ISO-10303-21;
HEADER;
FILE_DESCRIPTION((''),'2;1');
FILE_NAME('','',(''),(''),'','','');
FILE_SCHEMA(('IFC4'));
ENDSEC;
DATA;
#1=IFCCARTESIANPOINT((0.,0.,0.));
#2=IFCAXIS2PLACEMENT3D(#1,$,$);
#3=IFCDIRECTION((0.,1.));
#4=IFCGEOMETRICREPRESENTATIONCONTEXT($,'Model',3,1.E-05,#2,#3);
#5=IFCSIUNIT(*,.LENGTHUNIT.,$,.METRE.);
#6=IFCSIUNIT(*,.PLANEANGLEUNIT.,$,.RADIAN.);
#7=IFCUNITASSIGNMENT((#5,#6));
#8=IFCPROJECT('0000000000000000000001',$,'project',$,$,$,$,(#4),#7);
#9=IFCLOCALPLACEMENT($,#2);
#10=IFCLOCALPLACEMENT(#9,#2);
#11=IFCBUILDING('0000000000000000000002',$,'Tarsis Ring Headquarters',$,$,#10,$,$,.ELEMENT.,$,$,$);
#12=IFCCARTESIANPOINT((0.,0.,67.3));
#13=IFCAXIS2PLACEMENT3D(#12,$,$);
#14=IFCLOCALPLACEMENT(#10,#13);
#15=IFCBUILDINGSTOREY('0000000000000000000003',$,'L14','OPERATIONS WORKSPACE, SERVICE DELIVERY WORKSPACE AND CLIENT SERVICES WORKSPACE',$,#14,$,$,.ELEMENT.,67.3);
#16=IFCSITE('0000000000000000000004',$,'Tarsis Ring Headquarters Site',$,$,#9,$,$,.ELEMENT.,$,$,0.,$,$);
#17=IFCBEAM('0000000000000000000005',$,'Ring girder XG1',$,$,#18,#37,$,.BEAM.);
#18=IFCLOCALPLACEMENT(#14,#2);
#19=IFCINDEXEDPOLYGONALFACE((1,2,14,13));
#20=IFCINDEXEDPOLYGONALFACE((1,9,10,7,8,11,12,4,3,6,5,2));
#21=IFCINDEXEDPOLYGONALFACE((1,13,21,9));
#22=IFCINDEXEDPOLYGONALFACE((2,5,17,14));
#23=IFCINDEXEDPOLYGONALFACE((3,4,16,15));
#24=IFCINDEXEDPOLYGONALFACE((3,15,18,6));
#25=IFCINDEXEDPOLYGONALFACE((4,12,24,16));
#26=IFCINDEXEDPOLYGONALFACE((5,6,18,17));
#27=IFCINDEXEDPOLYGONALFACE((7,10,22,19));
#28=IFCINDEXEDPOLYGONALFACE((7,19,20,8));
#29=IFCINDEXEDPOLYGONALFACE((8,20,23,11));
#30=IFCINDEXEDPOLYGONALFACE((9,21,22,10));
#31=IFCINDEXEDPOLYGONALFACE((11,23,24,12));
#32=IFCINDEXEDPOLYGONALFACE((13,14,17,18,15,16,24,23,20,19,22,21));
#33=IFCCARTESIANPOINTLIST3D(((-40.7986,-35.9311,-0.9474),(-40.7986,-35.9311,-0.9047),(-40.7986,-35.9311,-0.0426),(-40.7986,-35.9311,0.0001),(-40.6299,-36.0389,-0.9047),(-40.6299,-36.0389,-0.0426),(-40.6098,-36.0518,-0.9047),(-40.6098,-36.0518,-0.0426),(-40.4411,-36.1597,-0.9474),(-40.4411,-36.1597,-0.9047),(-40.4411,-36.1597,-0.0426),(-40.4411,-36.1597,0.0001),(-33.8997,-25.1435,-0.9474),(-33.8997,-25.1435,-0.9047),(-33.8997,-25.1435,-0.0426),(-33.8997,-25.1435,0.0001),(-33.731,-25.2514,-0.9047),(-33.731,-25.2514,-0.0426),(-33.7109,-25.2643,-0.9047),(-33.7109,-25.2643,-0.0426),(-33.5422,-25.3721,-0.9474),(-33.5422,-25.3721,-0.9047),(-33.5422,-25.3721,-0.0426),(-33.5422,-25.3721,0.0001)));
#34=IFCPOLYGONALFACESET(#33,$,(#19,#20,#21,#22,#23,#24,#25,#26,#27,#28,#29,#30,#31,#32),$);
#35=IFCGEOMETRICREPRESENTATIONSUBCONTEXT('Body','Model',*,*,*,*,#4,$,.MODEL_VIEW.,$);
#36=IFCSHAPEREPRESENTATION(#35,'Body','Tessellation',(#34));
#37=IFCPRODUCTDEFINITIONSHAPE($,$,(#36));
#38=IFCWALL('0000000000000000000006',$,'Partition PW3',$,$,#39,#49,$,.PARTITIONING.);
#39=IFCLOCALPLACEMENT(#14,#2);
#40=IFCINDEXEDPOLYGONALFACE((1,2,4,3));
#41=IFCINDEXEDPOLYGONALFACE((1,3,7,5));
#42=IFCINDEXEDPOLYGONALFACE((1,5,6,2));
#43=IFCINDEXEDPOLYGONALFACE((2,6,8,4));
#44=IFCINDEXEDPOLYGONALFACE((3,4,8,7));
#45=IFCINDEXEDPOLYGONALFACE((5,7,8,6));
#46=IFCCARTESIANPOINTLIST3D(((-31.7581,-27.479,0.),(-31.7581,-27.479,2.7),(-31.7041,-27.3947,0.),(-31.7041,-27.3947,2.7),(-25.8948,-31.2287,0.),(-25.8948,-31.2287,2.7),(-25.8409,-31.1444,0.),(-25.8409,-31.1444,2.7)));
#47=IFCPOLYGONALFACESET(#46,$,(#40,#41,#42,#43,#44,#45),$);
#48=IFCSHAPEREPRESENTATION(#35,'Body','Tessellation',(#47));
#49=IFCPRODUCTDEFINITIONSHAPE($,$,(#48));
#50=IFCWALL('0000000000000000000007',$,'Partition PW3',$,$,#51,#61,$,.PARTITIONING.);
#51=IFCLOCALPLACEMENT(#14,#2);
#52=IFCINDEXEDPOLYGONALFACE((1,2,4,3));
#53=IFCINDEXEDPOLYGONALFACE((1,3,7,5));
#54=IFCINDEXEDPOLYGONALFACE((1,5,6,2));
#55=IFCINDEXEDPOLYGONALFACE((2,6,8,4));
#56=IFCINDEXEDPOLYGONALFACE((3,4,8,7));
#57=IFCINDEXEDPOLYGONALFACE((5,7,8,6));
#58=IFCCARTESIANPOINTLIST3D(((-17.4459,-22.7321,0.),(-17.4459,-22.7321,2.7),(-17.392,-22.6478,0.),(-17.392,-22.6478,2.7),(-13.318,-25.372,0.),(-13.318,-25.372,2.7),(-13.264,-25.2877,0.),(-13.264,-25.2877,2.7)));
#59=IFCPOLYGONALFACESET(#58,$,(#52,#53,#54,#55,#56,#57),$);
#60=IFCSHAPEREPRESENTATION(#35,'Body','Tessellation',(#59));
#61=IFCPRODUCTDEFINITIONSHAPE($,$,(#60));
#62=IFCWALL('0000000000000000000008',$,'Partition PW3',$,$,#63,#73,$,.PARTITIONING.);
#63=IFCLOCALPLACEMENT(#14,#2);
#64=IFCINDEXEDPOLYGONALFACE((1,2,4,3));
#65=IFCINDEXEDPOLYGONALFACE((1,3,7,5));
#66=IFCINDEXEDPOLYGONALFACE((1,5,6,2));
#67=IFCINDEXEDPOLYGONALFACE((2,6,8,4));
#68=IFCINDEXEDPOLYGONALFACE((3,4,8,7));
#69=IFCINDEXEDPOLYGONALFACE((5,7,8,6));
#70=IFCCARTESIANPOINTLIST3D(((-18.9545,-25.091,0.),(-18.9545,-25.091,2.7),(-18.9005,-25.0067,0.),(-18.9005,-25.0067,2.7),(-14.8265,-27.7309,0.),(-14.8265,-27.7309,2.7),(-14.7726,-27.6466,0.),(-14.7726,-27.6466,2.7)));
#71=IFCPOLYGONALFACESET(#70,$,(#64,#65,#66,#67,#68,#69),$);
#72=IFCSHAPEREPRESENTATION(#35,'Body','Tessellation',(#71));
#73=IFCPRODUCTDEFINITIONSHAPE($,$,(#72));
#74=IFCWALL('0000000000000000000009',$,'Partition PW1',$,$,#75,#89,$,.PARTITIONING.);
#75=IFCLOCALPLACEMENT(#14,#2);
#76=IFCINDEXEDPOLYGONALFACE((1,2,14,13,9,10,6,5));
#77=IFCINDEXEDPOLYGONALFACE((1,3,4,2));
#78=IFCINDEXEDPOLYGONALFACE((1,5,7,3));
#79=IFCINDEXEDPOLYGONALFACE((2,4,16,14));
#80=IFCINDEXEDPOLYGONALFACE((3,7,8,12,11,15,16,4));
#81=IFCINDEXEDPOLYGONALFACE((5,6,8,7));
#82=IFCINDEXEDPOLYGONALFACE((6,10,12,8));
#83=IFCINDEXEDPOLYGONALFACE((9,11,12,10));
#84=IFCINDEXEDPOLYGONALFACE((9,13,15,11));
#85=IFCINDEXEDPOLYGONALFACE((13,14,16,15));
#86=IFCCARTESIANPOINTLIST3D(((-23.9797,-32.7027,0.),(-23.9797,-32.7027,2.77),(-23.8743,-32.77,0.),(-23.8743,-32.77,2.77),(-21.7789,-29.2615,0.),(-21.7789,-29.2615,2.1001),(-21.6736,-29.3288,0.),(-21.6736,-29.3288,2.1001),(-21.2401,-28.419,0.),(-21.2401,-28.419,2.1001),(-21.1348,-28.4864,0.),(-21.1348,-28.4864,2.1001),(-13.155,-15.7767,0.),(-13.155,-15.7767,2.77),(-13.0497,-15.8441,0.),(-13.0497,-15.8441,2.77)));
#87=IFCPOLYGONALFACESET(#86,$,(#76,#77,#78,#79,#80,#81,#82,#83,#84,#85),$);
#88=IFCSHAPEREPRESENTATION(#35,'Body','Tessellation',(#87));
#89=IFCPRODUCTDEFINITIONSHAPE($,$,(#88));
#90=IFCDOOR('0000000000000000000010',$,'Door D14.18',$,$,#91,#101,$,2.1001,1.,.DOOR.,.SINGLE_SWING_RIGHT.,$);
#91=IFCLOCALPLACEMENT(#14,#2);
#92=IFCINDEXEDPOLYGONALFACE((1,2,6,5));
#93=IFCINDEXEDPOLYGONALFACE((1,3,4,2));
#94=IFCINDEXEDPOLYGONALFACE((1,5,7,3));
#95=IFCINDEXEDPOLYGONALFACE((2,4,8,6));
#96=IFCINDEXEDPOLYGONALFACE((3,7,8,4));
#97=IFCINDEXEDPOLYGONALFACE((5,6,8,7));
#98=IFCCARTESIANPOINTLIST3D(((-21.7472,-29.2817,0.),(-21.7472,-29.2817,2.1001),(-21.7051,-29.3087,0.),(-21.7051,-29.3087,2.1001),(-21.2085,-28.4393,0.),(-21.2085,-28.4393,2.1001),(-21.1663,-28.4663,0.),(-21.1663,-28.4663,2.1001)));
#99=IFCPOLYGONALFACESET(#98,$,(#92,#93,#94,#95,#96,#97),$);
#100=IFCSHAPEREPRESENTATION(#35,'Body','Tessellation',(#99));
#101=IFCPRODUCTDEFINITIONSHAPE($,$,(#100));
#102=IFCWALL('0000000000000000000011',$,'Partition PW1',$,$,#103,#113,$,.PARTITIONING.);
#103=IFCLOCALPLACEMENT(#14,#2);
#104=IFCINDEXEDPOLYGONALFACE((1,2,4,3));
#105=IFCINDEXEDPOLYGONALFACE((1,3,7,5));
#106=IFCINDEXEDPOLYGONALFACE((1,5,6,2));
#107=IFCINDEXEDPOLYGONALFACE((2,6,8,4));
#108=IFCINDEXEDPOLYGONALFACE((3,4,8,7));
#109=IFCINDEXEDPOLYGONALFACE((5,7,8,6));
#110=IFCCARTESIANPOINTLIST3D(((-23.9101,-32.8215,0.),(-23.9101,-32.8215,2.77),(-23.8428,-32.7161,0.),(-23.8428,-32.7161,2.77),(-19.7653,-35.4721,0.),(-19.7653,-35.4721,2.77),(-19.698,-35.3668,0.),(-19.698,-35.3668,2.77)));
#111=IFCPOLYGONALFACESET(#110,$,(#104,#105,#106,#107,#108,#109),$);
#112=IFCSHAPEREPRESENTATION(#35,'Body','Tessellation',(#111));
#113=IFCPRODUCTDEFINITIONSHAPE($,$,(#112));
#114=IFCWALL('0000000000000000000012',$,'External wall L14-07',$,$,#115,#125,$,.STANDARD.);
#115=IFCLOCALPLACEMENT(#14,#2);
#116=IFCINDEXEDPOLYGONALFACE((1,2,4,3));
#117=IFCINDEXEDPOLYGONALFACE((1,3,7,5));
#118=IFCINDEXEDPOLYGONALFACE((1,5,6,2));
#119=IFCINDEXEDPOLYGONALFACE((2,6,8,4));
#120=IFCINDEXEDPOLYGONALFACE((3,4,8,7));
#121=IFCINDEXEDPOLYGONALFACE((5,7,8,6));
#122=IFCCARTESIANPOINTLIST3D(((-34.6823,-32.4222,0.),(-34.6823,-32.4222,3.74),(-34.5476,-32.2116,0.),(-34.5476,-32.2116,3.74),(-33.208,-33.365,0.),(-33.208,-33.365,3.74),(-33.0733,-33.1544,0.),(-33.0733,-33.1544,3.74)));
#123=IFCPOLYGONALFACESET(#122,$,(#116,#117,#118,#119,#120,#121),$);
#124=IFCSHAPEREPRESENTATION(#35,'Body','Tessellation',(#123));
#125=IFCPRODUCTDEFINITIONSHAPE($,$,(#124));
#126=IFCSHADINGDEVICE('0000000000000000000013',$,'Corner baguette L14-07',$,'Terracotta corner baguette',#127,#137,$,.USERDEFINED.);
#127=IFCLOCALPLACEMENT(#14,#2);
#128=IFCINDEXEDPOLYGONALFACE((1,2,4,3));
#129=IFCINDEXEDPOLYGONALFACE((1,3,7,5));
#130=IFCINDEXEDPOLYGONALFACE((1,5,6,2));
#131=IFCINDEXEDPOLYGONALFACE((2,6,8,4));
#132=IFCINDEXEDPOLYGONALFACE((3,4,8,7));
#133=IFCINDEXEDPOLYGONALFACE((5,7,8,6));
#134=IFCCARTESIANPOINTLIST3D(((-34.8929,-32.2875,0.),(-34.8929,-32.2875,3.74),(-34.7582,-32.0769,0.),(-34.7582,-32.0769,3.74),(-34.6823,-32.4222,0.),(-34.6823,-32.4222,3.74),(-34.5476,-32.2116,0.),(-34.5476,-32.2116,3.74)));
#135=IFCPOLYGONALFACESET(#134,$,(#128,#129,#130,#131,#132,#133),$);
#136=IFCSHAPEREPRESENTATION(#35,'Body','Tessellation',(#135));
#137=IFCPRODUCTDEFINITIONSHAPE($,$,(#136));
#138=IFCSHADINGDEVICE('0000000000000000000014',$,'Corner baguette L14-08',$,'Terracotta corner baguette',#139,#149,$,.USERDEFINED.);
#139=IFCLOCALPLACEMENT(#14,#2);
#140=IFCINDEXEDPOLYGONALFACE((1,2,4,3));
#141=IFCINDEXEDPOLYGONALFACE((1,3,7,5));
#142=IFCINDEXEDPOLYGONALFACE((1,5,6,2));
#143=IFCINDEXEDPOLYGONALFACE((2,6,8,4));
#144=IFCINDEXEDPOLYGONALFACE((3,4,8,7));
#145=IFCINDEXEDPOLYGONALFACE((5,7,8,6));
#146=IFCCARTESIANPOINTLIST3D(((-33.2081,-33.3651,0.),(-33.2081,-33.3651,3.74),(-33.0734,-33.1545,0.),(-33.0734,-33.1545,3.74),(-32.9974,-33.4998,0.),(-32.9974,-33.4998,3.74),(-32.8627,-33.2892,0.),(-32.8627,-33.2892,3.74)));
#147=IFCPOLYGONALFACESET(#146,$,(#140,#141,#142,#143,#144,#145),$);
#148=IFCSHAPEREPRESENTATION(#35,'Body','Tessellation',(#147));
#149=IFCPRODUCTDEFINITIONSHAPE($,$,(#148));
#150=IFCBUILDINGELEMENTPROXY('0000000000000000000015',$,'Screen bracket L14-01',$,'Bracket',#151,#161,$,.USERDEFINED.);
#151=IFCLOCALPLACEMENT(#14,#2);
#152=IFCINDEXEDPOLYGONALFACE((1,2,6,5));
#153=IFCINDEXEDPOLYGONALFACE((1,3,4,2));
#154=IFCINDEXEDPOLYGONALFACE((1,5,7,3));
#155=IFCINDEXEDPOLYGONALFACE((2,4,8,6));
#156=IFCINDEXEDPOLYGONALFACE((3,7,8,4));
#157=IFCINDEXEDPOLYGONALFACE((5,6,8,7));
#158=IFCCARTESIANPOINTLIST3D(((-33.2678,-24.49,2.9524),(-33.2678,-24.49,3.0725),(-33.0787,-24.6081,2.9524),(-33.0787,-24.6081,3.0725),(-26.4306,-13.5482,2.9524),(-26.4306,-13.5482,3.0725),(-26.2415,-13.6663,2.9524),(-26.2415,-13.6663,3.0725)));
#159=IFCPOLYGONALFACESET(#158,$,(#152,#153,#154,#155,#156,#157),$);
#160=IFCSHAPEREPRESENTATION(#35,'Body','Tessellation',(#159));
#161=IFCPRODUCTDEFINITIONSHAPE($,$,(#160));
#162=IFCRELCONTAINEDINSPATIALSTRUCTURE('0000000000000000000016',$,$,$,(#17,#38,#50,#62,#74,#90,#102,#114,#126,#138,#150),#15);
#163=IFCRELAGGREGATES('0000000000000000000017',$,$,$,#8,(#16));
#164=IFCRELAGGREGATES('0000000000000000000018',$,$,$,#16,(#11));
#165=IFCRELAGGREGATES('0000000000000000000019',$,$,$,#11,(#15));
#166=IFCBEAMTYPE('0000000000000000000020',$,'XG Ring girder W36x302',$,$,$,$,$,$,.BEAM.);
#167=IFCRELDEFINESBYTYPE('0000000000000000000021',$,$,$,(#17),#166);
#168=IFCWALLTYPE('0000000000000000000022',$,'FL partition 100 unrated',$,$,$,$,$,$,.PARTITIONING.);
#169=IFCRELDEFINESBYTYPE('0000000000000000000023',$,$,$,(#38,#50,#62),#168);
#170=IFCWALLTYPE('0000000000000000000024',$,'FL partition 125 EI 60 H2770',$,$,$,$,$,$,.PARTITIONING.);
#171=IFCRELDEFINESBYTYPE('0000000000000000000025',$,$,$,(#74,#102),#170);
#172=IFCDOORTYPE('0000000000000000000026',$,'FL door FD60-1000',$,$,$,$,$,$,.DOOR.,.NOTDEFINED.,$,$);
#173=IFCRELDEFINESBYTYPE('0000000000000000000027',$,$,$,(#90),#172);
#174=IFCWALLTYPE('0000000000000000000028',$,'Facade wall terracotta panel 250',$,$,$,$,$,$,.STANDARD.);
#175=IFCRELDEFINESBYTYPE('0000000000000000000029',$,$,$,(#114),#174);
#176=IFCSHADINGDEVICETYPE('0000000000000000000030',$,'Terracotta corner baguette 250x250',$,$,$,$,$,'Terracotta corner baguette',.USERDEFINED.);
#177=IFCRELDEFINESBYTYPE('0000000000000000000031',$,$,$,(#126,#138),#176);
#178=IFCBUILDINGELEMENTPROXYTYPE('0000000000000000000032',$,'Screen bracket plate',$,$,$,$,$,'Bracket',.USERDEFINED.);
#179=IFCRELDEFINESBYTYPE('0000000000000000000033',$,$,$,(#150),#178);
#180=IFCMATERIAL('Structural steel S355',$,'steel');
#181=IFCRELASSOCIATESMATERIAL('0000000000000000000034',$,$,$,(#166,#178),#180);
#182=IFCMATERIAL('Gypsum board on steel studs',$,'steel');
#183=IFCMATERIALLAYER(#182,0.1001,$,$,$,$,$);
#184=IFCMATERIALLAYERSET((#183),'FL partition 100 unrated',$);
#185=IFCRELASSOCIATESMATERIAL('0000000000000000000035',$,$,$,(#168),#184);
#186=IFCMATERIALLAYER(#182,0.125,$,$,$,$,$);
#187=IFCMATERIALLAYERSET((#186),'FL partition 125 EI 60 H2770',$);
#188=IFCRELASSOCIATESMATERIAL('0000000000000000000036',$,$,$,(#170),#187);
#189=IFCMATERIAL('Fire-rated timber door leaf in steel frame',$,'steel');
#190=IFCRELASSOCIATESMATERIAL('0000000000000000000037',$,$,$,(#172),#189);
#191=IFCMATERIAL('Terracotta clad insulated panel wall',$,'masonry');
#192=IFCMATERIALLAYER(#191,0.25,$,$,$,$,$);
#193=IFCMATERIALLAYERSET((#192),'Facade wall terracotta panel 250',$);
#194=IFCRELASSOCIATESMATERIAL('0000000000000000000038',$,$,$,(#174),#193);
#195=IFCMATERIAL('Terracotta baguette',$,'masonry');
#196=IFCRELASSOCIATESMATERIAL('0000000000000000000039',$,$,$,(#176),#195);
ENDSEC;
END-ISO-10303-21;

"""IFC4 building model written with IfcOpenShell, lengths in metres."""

from ifc_helpers import new_model, si_unit, direction, frame, frame_2d, origin, origin_2d, place, context, subcontext, project, spatial, rectangle, i_section, extrude, material, layer, layer_set, material_profile, profile_set, type_object, element, fill, save


model = new_model("IFC4")

# Units and contexts
model_context = context("Model", 3, precision=1e-05, world=origin(), true_north=direction((0.0, 1.0)))
body_context = subcontext(model_context, "Body", "Model", "MODEL_VIEW")
ifc_project = project(units=[si_unit("LENGTHUNIT", "METRE"), si_unit("PLANEANGLEUNIT", "RADIAN")], contexts=[model_context])

# Site, building, storey
site_placement = place(None, origin())
site = spatial("IfcSite", under=ifc_project, at=site_placement, Name="Tarsis Ring Headquarters Site", CompositionType="ELEMENT", RefElevation=0.0)
building_placement = place(site_placement, origin())
building = spatial("IfcBuilding", under=site, at=building_placement, Name="Tarsis Ring Headquarters", CompositionType="ELEMENT")
storey_placement = place(building_placement, frame((0.0, 0.0, 67.3)))
storey = spatial("IfcBuildingStorey", under=building, at=storey_placement, Name="L14", Description="OPERATIONS WORKSPACE, SERVICE DELIVERY WORKSPACE AND CLIENT SERVICES WORKSPACE", CompositionType="ELEMENT", Elevation=67.3)

# Beam
ifc_material_1 = material(Name="Structural steel S355", Category="steel")
ifc_material_profile_1 = material_profile(ifc_material_1, i_section(OverallWidth=0.4243, OverallDepth=0.9475, WebThickness=0.0239, FlangeThickness=0.0427, at=origin_2d()), Name="W36x302")
ifc_profile_set_1 = profile_set([ifc_material_profile_1], Name="Structural steel S355")
beam_type_1 = type_object("IfcBeamType", Name="XG Ring girder W36x302", PredefinedType="BEAM", material=ifc_profile_set_1)
beam_1_placement = place(storey_placement, frame((-33.7209, -25.2578, -0.4736), z_axis=(-0.538769, -0.842453, 0.0), x_axis=(0.842453, -0.538769, 0.0)))
element("IfcBeam", 1, at=beam_1_placement, inside=storey, type_object=beam_type_1, Name="Ring girder XG1", PredefinedType="BEAM", context=body_context, shape_type="SweptSolid", body=[
    extrude(i_section(OverallWidth=0.4243, OverallDepth=0.9475, WebThickness=0.0239, FlangeThickness=0.0427, at=origin_2d()), origin(), (0.0, 0.0, 1.0), 12.8049),
])

# Walls
ifc_material_2 = material(Name="Gypsum board on steel studs", Category="steel")
ifc_layer_1 = layer(ifc_material_2, 0.1001)
ifc_layer_set_1 = layer_set([ifc_layer_1], Name="FL partition 100 unrated")
wall_type_1 = type_object("IfcWallType", Name="FL partition 100 unrated", PredefinedType="PARTITIONING", material=ifc_layer_set_1)
wall_1_placement = place(storey_placement, frame((-31.7312, -27.4368, 0.0), z_axis=(0.0, 0.0, 1.0), x_axis=(0.84245, -0.538774, 0.0)))
element("IfcWall", 2, at=wall_1_placement, inside=storey, type_object=wall_type_1, Name="Partition PW3", PredefinedType="PARTITIONING", context=body_context, shape_type="SweptSolid", body=[
    extrude(rectangle(XDim=6.9597, YDim=0.1001, at=frame_2d((3.48, 0.0))), origin(), (0.0, 0.0, 1.0), 2.7),
])
for number, where, z_axis, x_axis, name in (
    (3, (-17.4189, -22.6899, 0.0), (0.0, 0.0, 1.0), (0.842455, -0.538767, 0.0), "Partition PW3"),
    (4, (-18.9275, -25.0488, 0.0), (0.0, 0.0, 1.0), (0.842455, -0.538767, 0.0), "Partition PW3"),
):
    element("IfcWall", number, at=place(storey_placement, frame(where, z_axis=z_axis, x_axis=x_axis)), inside=storey, type_object=wall_type_1, Name=name, PredefinedType="PARTITIONING", context=body_context, shape_type="SweptSolid", body=[
        extrude(rectangle(XDim=4.8999, YDim=0.1001, at=frame_2d((2.45, 0.0))), origin(), (0.0, 0.0, 1.0), 2.7),
    ])

# Wall, opening, door
ifc_layer_2 = layer(ifc_material_2, 0.125)
ifc_layer_set_2 = layer_set([ifc_layer_2], Name="FL partition 125 EI 60 H2770")
wall_type_2 = type_object("IfcWallType", Name="FL partition 125 EI 60 H2770", PredefinedType="PARTITIONING", material=ifc_layer_set_2)
wall_2_placement = place(storey_placement, frame((-23.927, -32.7363, 0.0), z_axis=(0.0, 0.0, 1.0), x_axis=(0.538773, 0.842451, 0.0)))
wall_2 = element("IfcWall", 5, at=wall_2_placement, inside=storey, type_object=wall_type_2, Name="Partition PW1", PredefinedType="PARTITIONING", context=body_context, shape_type="SweptSolid", body=[
    extrude(rectangle(XDim=20.0913, YDim=0.125, at=frame_2d((10.0457, 0.0))), origin(), (0.0, 0.0, 1.0), 2.77),
])
opening_placement = place(wall_2_placement, frame((4.0847, 0.0, 0.0)))
opening = element("IfcOpeningElement", 6, at=opening_placement, cuts=wall_2, PredefinedType="OPENING", context=body_context, shape_type="SweptSolid", body=[
    extrude(rectangle(XDim=1.0, YDim=2.1001, at=frame_2d((0.5, 1.05))), frame((0.0, 0.0725, 0.0), z_axis=(0.0, -1.0, 0.0), x_axis=(1.0, 0.0, 0.0)), (0.0, 0.0, 1.0), 0.145),
])
ifc_material_3 = material(Name="Fire-rated timber door leaf in steel frame", Category="steel")
door_type = type_object("IfcDoorType", Name="FL door FD60-1000", OperationType="NOTDEFINED", PredefinedType="DOOR", material=ifc_material_3)
door_placement = place(opening_placement, origin())
door = element("IfcDoor", 7, at=door_placement, inside=storey, type_object=door_type, Name="Door D14.18", OperationType="SINGLE_SWING_RIGHT", OverallHeight=2.1001, OverallWidth=1.0, PredefinedType="DOOR", context=body_context, shape_type="SweptSolid", body=[
    extrude(rectangle(XDim=1.0, YDim=2.1001, at=frame_2d((0.5, 1.05))), frame((0.0, 0.0249, 0.0), z_axis=(0.0, -1.0, 0.0), x_axis=(1.0, 0.0, 0.0)), (0.0, 0.0, 1.0), 0.05),
])
fill(opening, door)

# Walls
wall_3_placement = place(storey_placement, frame((-23.8765, -32.7688, 0.0), z_axis=(0.0, 0.0, 1.0), x_axis=(0.842458, -0.538762, 0.0)))
element("IfcWall", 8, at=wall_3_placement, inside=storey, type_object=wall_type_2, Name="Partition PW1", PredefinedType="PARTITIONING", context=body_context, shape_type="SweptSolid", body=[
    extrude(rectangle(XDim=4.9199, YDim=0.125, at=frame_2d((2.46, 0.0))), origin(), (0.0, 0.0, 1.0), 2.77),
])
ifc_material_4 = material(Name="Terracotta clad insulated panel wall", Category="masonry")
ifc_layer_3 = layer(ifc_material_4, 0.25)
ifc_layer_set_3 = layer_set([ifc_layer_3], Name="Facade wall terracotta panel 250")
wall_type_3 = type_object("IfcWallType", Name="Facade wall terracotta panel 250", PredefinedType="STANDARD", material=ifc_layer_set_3)
wall_4_placement = place(storey_placement, frame((-34.615, -32.3169, 0.0), z_axis=(0.0, 0.0, 1.0), x_axis=(0.842459, -0.538761, 0.0)))
element("IfcWall", 9, at=wall_4_placement, inside=storey, type_object=wall_type_3, Name="External wall L14-07", PredefinedType="STANDARD", context=body_context, shape_type="SweptSolid", body=[
    extrude(rectangle(XDim=1.75, YDim=0.25, at=frame_2d((0.875, 0.0))), origin(), (0.0, 0.0, 1.0), 3.74),
])

# Shading devices
ifc_material_5 = material(Name="Terracotta baguette", Category="masonry")
shading_device_type_1 = type_object("IfcShadingDeviceType", Name="Terracotta corner baguette 250x250", ElementType="Terracotta corner baguette", PredefinedType="USERDEFINED", material=ifc_material_5)
for number, where, z_axis, x_axis, name in (
    (10, (-34.7202, -32.2495, 0.0), (0.0, 0.0, 1.0), (-0.538771, -0.842452, 0.0), "Corner baguette L14-07"),
    (11, (-33.0354, -33.3271, 0.0), (0.0, 0.0, 1.0), (0.842453, -0.538771, 0.0), "Corner baguette L14-08"),
):
    element("IfcShadingDevice", number, at=place(storey_placement, frame(where, z_axis=z_axis, x_axis=x_axis)), inside=storey, type_object=shading_device_type_1, Name=name, ObjectType="Terracotta corner baguette", PredefinedType="USERDEFINED", context=body_context, shape_type="SweptSolid", body=[
        extrude(rectangle(XDim=0.25, YDim=0.25, at=origin_2d()), origin(), (0.0, 0.0, 1.0), 3.74),
    ])

# Building element proxy
building_element_proxy_type = type_object("IfcBuildingElementProxyType", Name="Screen bracket plate", ElementType="Bracket", PredefinedType="USERDEFINED", material=ifc_material_1)
proxy_placement = place(storey_placement, frame((-29.7546, -19.0781, 2.9524), z_axis=(0.0, 0.0, 1.0), x_axis=(-0.529919, -0.848048, 0.0)))
element("IfcBuildingElementProxy", 12, at=proxy_placement, inside=storey, type_object=building_element_proxy_type, Name="Screen bracket L14-01", ObjectType="Bracket", PredefinedType="USERDEFINED", context=body_context, shape_type="SweptSolid", body=[
    extrude(rectangle(XDim=12.9023, YDim=0.2229, at=origin_2d()), origin(), (0.0, 0.0, 1.0), 0.1201),
])

save(model, "model.ifc")
